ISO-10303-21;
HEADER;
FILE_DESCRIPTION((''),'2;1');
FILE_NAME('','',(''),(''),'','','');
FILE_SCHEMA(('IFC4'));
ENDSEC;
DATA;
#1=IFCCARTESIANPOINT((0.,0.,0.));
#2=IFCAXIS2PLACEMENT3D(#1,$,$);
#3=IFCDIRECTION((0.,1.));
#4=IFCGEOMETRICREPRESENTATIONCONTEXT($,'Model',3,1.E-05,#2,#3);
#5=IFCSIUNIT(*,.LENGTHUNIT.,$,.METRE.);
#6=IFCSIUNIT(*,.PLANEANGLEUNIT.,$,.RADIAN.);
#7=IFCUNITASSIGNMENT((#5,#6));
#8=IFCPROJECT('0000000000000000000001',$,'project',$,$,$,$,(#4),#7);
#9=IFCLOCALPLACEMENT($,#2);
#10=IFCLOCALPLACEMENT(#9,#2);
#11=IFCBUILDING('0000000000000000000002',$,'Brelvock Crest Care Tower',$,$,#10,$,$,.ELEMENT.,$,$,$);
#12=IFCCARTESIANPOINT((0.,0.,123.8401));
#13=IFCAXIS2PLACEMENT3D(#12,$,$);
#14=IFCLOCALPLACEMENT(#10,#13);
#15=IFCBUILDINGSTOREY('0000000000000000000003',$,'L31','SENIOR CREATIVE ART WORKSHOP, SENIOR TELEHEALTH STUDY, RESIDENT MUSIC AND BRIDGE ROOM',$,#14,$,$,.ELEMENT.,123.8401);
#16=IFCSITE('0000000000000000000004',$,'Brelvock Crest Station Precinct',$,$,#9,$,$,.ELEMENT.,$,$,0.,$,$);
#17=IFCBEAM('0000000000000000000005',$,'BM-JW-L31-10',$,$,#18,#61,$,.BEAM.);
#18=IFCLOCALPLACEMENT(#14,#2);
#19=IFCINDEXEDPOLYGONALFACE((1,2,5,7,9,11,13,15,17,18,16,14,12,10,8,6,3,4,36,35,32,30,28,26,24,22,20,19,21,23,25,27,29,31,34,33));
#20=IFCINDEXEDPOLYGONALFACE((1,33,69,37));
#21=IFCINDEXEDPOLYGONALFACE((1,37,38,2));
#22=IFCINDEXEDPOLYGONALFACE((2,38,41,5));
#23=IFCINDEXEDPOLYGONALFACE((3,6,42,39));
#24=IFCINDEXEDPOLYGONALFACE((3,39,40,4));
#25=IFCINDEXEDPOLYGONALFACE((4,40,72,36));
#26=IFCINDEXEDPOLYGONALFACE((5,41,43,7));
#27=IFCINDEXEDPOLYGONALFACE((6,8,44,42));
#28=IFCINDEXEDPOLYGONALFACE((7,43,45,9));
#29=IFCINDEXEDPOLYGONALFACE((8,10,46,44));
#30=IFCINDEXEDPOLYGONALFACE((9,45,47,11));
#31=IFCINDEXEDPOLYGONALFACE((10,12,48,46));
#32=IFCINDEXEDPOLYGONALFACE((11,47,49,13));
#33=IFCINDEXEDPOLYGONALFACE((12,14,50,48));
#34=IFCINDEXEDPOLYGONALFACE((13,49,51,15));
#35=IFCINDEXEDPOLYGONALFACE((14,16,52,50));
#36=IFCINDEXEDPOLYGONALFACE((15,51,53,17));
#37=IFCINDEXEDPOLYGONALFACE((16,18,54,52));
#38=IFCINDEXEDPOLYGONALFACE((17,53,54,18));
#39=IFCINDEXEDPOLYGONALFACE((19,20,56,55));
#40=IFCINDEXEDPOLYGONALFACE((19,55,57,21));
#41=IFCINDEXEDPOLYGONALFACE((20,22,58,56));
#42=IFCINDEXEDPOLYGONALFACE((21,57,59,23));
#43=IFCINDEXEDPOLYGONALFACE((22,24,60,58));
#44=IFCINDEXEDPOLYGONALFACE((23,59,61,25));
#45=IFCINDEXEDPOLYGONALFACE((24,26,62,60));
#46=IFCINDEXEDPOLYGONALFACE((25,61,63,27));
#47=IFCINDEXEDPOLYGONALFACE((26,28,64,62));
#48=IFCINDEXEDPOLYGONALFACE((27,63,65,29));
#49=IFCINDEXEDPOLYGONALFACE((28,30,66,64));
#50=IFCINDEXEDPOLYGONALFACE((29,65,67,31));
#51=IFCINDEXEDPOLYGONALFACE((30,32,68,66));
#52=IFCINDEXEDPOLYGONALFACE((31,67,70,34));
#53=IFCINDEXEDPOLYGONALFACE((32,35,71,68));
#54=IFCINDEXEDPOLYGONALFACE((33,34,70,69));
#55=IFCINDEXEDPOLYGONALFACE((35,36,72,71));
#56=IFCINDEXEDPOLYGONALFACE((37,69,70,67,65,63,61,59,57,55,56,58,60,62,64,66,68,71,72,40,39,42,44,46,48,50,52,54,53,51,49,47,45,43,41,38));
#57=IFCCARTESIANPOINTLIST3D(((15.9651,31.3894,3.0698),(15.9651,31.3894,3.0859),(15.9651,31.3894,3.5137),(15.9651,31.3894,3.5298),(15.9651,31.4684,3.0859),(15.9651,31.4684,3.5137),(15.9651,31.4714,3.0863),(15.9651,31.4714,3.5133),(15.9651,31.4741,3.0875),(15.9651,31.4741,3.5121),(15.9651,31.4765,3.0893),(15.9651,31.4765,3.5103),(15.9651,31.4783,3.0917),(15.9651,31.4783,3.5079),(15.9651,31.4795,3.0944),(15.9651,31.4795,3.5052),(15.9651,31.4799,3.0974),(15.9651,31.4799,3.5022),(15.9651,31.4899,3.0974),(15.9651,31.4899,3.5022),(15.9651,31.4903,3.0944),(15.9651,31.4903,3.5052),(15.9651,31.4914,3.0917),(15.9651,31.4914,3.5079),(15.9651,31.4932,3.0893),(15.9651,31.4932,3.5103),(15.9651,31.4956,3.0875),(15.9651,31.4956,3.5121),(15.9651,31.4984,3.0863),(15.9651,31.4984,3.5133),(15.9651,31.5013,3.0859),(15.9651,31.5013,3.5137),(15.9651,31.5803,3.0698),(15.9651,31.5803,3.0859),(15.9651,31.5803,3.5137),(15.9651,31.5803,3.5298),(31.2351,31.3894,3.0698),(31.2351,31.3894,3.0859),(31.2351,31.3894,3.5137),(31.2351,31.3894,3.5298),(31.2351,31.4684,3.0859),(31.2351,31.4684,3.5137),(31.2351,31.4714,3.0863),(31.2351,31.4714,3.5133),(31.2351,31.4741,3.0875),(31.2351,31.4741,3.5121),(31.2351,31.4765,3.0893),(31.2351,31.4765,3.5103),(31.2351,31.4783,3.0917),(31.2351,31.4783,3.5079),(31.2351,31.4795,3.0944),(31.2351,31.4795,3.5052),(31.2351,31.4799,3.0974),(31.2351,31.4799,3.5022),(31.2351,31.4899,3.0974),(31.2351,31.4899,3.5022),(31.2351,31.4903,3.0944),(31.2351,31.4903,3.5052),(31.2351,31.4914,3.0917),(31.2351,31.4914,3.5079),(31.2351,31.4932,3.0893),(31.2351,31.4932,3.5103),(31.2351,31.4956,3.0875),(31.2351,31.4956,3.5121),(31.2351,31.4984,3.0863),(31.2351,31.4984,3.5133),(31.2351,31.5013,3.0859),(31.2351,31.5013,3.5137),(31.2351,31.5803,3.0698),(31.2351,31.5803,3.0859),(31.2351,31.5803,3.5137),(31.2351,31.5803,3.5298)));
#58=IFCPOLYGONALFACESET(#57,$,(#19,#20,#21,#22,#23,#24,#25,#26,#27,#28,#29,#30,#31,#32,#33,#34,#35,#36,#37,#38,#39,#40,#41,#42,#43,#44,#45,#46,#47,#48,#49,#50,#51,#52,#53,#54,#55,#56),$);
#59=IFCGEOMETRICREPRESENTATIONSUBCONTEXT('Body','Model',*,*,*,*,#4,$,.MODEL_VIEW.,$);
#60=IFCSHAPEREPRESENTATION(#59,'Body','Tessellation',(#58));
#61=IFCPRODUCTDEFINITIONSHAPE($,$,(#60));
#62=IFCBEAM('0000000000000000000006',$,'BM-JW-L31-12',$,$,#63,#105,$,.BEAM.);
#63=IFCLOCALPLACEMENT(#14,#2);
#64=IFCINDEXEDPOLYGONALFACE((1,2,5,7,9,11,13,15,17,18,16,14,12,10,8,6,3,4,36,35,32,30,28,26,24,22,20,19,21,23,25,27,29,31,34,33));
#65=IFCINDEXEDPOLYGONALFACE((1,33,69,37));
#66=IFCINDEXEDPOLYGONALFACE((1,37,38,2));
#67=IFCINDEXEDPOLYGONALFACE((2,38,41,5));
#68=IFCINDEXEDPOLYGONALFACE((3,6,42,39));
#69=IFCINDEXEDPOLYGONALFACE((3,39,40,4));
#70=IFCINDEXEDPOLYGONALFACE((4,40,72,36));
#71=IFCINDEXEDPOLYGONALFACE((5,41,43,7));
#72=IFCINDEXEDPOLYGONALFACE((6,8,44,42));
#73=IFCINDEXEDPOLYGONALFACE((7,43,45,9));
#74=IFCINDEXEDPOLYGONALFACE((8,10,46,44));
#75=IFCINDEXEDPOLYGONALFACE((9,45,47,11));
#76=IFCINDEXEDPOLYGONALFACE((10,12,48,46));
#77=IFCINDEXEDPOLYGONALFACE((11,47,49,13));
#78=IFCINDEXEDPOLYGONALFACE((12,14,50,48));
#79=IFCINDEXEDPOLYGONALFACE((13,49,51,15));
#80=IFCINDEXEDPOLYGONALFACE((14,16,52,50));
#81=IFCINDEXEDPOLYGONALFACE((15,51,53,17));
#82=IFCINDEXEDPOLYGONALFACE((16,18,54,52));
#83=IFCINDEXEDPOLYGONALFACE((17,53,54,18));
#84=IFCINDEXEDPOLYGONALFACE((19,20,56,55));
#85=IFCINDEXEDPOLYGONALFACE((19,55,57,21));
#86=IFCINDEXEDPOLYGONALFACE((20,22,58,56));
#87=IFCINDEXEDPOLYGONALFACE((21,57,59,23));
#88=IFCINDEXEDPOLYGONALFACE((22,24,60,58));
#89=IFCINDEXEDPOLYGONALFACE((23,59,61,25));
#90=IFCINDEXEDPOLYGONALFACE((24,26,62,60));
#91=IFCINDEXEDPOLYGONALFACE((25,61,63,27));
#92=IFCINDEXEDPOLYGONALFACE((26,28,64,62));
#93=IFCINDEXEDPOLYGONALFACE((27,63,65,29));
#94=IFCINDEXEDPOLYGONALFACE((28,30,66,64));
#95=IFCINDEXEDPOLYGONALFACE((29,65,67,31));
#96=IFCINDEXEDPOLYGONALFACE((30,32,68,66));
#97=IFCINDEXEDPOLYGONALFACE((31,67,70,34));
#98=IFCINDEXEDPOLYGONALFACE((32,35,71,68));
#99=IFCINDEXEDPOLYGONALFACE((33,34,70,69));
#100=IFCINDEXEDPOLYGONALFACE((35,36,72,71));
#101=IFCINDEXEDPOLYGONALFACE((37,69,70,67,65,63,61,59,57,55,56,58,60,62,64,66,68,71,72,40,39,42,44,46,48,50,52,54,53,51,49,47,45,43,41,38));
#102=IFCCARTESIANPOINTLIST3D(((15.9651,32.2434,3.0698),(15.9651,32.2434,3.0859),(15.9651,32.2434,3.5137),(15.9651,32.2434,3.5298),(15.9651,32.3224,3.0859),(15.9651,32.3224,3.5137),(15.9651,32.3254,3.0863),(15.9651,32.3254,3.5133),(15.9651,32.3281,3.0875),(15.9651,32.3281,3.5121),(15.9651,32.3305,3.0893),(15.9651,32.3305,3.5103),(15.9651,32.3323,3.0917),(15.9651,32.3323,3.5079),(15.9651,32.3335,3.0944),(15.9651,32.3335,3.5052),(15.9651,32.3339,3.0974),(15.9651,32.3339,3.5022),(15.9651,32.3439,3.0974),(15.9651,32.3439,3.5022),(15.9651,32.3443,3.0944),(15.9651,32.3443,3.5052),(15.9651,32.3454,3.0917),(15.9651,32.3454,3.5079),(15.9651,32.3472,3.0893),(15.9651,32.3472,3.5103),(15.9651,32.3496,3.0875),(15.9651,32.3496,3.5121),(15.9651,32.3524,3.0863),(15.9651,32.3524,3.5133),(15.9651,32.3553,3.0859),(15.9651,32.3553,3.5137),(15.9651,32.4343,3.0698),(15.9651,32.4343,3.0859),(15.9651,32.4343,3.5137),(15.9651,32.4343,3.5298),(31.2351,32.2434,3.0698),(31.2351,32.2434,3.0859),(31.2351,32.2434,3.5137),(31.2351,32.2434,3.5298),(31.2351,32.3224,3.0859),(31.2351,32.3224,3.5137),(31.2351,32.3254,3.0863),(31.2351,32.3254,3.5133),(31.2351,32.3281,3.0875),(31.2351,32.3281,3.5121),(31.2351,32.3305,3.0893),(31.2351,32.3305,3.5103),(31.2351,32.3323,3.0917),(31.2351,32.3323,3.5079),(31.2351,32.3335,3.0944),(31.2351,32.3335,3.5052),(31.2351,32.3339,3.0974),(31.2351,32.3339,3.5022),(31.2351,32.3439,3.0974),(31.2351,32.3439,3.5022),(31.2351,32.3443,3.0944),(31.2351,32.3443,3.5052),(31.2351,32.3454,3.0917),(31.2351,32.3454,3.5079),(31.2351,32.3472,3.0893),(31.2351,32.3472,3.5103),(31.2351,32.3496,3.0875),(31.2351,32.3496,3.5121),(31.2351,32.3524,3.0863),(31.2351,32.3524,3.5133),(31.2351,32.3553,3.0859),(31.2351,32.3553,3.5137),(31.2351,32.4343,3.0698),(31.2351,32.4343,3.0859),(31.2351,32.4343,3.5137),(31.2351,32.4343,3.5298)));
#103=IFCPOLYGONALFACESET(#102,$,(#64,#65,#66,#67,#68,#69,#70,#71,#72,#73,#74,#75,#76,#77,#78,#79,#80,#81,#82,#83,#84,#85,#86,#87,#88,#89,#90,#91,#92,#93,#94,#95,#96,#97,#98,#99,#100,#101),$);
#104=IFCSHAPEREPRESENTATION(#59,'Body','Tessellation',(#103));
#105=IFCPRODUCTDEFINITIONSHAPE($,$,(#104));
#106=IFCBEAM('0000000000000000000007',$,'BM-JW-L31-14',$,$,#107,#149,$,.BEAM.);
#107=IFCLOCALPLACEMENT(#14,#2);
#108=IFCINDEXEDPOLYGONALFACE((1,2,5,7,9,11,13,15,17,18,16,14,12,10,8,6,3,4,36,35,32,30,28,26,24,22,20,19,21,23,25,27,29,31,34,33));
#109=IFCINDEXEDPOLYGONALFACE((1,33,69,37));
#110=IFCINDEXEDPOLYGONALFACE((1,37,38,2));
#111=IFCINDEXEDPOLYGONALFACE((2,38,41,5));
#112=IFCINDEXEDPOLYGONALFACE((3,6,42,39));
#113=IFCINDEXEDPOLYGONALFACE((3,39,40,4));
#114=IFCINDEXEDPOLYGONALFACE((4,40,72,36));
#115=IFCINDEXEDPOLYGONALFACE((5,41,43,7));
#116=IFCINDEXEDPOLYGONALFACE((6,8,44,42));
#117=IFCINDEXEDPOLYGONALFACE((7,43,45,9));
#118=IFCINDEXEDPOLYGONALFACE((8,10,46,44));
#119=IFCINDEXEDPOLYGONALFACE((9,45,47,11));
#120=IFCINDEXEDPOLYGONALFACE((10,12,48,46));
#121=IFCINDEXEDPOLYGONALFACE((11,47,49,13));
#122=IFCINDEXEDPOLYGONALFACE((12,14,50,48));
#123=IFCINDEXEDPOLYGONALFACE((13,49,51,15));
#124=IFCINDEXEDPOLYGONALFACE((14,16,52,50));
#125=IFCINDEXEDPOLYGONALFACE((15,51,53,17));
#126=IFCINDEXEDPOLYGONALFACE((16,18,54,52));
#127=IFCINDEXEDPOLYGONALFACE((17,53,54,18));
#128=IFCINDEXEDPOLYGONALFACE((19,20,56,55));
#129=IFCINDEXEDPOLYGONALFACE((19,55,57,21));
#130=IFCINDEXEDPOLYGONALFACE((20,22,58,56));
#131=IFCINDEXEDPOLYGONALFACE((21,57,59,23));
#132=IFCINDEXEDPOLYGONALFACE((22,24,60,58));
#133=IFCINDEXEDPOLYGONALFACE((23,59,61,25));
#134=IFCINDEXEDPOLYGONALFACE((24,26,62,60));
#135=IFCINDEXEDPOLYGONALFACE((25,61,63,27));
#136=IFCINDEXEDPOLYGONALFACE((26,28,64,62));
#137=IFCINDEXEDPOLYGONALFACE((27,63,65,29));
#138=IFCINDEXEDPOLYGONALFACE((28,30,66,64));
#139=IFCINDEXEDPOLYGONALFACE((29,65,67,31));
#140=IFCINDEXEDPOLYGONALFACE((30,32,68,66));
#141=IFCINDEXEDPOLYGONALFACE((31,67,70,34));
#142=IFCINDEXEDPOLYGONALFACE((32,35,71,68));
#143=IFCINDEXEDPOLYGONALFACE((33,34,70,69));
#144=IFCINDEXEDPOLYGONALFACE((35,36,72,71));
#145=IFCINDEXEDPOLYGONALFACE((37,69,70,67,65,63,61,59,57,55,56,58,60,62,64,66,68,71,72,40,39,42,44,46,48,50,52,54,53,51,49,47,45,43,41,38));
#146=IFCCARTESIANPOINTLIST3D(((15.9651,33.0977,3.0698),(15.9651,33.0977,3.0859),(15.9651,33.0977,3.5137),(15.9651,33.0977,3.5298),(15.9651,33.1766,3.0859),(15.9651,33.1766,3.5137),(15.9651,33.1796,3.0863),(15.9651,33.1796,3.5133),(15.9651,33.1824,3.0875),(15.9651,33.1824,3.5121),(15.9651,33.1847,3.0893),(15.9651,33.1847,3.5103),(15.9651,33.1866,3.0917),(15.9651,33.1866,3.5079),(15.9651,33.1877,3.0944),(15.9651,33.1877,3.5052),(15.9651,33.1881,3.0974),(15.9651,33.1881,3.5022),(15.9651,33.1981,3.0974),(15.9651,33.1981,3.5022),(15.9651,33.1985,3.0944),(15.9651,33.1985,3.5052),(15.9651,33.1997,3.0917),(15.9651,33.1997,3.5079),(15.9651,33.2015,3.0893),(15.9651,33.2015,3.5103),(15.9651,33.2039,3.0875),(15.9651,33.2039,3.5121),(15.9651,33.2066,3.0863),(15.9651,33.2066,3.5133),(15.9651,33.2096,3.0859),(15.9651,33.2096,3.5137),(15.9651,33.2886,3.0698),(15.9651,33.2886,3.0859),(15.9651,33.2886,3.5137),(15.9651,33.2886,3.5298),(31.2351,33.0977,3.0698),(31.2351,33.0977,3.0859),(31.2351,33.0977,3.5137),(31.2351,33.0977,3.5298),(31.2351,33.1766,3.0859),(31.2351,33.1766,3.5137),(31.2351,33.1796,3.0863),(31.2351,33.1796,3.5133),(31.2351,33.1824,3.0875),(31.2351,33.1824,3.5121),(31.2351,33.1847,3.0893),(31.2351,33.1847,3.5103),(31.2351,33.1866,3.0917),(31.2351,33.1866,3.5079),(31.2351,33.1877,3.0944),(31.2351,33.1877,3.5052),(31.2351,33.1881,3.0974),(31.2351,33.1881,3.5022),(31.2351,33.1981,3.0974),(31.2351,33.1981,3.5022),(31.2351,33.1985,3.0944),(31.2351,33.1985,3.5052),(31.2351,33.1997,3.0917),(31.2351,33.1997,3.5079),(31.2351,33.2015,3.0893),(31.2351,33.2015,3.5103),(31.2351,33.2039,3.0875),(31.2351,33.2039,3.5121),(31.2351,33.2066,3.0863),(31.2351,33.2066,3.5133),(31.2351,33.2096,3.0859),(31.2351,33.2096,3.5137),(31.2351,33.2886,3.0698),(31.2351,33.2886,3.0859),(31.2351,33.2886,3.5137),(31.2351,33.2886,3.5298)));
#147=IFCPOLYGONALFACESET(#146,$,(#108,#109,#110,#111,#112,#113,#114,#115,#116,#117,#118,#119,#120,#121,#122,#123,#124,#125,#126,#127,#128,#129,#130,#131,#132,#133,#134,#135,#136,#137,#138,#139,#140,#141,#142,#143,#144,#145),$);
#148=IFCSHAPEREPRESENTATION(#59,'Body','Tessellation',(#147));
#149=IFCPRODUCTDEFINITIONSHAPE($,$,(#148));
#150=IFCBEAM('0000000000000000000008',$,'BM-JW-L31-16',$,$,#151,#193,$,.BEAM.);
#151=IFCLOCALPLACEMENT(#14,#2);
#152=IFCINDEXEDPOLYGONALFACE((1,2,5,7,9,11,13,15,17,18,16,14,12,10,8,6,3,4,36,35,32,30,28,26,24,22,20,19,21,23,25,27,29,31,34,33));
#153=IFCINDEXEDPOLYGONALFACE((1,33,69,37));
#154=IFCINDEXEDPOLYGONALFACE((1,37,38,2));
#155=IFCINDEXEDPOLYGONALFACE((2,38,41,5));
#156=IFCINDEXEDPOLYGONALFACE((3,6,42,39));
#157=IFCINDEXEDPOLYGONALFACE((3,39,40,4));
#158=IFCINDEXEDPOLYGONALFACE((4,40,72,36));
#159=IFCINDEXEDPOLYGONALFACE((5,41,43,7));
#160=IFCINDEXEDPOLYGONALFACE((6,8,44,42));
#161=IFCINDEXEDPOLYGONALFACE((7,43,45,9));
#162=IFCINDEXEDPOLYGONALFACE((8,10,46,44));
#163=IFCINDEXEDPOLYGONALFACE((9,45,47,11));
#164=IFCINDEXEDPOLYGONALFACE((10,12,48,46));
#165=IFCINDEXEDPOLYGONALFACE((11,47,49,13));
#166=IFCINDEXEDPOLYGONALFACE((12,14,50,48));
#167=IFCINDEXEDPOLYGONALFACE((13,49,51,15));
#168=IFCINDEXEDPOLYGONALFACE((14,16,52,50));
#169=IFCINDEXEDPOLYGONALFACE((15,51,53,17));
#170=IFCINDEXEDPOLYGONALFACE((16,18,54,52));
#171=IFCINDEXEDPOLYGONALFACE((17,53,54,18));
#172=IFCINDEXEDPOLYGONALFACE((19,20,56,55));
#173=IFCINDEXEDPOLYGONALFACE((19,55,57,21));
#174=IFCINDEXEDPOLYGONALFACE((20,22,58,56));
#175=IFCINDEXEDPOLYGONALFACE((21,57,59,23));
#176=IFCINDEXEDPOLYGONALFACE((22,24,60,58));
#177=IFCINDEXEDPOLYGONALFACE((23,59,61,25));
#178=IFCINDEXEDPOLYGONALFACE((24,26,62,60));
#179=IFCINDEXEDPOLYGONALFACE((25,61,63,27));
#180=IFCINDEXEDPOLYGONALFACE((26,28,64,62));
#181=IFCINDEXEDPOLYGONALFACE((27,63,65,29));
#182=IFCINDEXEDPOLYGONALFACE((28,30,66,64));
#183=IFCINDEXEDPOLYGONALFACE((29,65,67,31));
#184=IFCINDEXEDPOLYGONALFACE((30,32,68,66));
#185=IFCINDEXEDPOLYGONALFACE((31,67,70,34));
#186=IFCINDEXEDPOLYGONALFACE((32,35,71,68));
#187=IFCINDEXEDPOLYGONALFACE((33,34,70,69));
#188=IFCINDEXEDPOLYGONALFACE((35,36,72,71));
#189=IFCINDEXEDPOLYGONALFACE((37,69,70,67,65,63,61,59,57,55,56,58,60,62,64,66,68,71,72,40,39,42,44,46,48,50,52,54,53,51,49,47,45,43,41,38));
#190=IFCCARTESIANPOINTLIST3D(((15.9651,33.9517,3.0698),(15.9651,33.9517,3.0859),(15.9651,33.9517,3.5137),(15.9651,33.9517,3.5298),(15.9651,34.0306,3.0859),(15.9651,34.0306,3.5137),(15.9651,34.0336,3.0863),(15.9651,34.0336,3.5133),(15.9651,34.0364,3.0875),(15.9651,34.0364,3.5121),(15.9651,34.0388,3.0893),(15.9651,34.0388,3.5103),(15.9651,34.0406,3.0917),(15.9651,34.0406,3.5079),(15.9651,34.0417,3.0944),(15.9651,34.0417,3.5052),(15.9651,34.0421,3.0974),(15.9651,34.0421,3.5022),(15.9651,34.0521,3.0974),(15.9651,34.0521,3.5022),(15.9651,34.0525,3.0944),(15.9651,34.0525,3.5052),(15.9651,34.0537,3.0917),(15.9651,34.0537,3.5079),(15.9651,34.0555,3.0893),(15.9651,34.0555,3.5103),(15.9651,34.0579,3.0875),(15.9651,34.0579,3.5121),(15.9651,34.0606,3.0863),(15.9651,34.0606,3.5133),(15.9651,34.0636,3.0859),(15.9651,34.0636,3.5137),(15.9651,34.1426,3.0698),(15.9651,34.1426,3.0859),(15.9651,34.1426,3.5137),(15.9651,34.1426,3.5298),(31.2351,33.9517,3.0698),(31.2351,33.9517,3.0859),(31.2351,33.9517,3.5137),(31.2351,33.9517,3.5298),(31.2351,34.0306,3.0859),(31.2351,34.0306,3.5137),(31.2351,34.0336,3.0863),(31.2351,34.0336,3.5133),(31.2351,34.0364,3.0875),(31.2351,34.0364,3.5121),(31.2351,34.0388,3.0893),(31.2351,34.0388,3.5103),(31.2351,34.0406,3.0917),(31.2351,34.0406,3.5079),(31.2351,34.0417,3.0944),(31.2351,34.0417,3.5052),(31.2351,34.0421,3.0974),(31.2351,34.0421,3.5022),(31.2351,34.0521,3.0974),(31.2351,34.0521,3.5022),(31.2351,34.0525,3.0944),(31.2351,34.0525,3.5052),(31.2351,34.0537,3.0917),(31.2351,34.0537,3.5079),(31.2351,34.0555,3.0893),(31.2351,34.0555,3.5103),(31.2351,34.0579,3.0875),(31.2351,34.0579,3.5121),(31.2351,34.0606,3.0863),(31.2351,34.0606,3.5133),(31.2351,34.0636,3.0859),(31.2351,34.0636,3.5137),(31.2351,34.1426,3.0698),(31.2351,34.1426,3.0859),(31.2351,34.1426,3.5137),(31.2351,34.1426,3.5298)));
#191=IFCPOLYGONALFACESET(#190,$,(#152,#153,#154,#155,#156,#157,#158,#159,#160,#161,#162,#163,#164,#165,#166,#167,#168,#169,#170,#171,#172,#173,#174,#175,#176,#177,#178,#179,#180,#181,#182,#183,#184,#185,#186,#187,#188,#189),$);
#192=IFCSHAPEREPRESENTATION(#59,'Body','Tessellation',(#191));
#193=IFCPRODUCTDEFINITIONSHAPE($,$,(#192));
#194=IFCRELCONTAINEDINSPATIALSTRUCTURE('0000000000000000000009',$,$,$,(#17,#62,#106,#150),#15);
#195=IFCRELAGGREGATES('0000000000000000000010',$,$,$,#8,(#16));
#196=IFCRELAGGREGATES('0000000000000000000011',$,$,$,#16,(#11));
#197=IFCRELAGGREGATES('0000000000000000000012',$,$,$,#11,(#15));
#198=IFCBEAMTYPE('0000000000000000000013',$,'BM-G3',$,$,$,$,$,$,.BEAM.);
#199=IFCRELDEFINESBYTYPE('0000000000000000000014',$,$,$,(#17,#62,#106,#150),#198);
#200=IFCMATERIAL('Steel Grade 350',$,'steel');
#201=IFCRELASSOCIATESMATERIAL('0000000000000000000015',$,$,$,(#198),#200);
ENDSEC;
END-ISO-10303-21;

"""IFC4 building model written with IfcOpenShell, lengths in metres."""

from ifc_helpers import new_model, si_unit, direction, frame, origin, origin_2d, place, context, subcontext, project, spatial, i_section, extrude, source, transform, mapped, material, material_profile, profile_set, type_object, element, save


model = new_model("IFC4")

# Units and contexts
model_context = context("Model", 3, precision=1e-05, world=origin(), true_north=direction((0.0, 1.0)))
body_context = subcontext(model_context, "Body", "Model", "MODEL_VIEW")
ifc_project = project(units=[si_unit("LENGTHUNIT", "METRE"), si_unit("PLANEANGLEUNIT", "RADIAN")], contexts=[model_context])

# Site, building, storey
site_placement = place(None, origin())
site = spatial("IfcSite", under=ifc_project, at=site_placement, Name="Brelvock Crest Station Precinct", CompositionType="ELEMENT", RefElevation=0.0)
building_placement = place(site_placement, origin())
building = spatial("IfcBuilding", under=site, at=building_placement, Name="Brelvock Crest Care Tower", CompositionType="ELEMENT")
storey_placement = place(building_placement, frame((0.0, 0.0, 123.8401)))
storey = spatial("IfcBuildingStorey", under=building, at=storey_placement, Name="L31", Description="SENIOR CREATIVE ART WORKSHOP, SENIOR TELEHEALTH STUDY, RESIDENT MUSIC AND BRIDGE ROOM", CompositionType="ELEMENT", Elevation=123.8401)

# Shared definitions
ifc_material_1 = material(Name="Steel Grade 350", Category="steel")

# Beams
ifc_material_profile_1 = material_profile(ifc_material_1, i_section(OverallWidth=0.1909, OverallDepth=0.46, WebThickness=0.01, FlangeThickness=0.0161, FilletRadius=0.0115, at=origin_2d()), Name="460UB82.1")
ifc_profile_set_1 = profile_set([ifc_material_profile_1], Name="Steel Grade 350")
beam_type_1 = type_object("IfcBeamType", Name="BM-G3", PredefinedType="BEAM", material=ifc_profile_set_1)
shared_shape_1 = source(origin(), body_context, "Body", "SweptSolid", [
    extrude(i_section(OverallWidth=0.1909, OverallDepth=0.46, WebThickness=0.01, FlangeThickness=0.0161, FilletRadius=0.0115, at=origin_2d()), origin(), (0.0, 0.0, 1.0), 15.27),
])
for number, where, z_axis, x_axis, name in (
    (1, (15.9651, 31.4849, 3.2998), (1.0, 0.0, 0.0), (0.0, 1.0, 0.0), "BM-JW-L31-10"),
    (2, (15.9651, 32.3389, 3.2998), (1.0, 0.0, 0.0), (0.0, 1.0, 0.0), "BM-JW-L31-12"),
    (3, (15.9651, 33.1931, 3.2998), (1.0, 0.0, 0.0), (0.0, 1.0, 0.0), "BM-JW-L31-14"),
    (4, (15.9651, 34.0471, 3.2998), (1.0, 0.0, 0.0), (0.0, 1.0, 0.0), "BM-JW-L31-16"),
):
    element("IfcBeam", number, at=place(storey_placement, frame(where, z_axis=z_axis, x_axis=x_axis)), inside=storey, type_object=beam_type_1, Name=name, PredefinedType="BEAM", context=body_context, shape_type="MappedRepresentation", body=[
        mapped(shared_shape_1, transform((0.0, 0.0, 0.0), x_axis=(1.0, 0.0, 0.0), y_axis=(0.0, 1.0, 0.0), z_axis=(0.0, 0.0, 1.0), scale=1.0)),
    ])

save(model, "model.ifc")
